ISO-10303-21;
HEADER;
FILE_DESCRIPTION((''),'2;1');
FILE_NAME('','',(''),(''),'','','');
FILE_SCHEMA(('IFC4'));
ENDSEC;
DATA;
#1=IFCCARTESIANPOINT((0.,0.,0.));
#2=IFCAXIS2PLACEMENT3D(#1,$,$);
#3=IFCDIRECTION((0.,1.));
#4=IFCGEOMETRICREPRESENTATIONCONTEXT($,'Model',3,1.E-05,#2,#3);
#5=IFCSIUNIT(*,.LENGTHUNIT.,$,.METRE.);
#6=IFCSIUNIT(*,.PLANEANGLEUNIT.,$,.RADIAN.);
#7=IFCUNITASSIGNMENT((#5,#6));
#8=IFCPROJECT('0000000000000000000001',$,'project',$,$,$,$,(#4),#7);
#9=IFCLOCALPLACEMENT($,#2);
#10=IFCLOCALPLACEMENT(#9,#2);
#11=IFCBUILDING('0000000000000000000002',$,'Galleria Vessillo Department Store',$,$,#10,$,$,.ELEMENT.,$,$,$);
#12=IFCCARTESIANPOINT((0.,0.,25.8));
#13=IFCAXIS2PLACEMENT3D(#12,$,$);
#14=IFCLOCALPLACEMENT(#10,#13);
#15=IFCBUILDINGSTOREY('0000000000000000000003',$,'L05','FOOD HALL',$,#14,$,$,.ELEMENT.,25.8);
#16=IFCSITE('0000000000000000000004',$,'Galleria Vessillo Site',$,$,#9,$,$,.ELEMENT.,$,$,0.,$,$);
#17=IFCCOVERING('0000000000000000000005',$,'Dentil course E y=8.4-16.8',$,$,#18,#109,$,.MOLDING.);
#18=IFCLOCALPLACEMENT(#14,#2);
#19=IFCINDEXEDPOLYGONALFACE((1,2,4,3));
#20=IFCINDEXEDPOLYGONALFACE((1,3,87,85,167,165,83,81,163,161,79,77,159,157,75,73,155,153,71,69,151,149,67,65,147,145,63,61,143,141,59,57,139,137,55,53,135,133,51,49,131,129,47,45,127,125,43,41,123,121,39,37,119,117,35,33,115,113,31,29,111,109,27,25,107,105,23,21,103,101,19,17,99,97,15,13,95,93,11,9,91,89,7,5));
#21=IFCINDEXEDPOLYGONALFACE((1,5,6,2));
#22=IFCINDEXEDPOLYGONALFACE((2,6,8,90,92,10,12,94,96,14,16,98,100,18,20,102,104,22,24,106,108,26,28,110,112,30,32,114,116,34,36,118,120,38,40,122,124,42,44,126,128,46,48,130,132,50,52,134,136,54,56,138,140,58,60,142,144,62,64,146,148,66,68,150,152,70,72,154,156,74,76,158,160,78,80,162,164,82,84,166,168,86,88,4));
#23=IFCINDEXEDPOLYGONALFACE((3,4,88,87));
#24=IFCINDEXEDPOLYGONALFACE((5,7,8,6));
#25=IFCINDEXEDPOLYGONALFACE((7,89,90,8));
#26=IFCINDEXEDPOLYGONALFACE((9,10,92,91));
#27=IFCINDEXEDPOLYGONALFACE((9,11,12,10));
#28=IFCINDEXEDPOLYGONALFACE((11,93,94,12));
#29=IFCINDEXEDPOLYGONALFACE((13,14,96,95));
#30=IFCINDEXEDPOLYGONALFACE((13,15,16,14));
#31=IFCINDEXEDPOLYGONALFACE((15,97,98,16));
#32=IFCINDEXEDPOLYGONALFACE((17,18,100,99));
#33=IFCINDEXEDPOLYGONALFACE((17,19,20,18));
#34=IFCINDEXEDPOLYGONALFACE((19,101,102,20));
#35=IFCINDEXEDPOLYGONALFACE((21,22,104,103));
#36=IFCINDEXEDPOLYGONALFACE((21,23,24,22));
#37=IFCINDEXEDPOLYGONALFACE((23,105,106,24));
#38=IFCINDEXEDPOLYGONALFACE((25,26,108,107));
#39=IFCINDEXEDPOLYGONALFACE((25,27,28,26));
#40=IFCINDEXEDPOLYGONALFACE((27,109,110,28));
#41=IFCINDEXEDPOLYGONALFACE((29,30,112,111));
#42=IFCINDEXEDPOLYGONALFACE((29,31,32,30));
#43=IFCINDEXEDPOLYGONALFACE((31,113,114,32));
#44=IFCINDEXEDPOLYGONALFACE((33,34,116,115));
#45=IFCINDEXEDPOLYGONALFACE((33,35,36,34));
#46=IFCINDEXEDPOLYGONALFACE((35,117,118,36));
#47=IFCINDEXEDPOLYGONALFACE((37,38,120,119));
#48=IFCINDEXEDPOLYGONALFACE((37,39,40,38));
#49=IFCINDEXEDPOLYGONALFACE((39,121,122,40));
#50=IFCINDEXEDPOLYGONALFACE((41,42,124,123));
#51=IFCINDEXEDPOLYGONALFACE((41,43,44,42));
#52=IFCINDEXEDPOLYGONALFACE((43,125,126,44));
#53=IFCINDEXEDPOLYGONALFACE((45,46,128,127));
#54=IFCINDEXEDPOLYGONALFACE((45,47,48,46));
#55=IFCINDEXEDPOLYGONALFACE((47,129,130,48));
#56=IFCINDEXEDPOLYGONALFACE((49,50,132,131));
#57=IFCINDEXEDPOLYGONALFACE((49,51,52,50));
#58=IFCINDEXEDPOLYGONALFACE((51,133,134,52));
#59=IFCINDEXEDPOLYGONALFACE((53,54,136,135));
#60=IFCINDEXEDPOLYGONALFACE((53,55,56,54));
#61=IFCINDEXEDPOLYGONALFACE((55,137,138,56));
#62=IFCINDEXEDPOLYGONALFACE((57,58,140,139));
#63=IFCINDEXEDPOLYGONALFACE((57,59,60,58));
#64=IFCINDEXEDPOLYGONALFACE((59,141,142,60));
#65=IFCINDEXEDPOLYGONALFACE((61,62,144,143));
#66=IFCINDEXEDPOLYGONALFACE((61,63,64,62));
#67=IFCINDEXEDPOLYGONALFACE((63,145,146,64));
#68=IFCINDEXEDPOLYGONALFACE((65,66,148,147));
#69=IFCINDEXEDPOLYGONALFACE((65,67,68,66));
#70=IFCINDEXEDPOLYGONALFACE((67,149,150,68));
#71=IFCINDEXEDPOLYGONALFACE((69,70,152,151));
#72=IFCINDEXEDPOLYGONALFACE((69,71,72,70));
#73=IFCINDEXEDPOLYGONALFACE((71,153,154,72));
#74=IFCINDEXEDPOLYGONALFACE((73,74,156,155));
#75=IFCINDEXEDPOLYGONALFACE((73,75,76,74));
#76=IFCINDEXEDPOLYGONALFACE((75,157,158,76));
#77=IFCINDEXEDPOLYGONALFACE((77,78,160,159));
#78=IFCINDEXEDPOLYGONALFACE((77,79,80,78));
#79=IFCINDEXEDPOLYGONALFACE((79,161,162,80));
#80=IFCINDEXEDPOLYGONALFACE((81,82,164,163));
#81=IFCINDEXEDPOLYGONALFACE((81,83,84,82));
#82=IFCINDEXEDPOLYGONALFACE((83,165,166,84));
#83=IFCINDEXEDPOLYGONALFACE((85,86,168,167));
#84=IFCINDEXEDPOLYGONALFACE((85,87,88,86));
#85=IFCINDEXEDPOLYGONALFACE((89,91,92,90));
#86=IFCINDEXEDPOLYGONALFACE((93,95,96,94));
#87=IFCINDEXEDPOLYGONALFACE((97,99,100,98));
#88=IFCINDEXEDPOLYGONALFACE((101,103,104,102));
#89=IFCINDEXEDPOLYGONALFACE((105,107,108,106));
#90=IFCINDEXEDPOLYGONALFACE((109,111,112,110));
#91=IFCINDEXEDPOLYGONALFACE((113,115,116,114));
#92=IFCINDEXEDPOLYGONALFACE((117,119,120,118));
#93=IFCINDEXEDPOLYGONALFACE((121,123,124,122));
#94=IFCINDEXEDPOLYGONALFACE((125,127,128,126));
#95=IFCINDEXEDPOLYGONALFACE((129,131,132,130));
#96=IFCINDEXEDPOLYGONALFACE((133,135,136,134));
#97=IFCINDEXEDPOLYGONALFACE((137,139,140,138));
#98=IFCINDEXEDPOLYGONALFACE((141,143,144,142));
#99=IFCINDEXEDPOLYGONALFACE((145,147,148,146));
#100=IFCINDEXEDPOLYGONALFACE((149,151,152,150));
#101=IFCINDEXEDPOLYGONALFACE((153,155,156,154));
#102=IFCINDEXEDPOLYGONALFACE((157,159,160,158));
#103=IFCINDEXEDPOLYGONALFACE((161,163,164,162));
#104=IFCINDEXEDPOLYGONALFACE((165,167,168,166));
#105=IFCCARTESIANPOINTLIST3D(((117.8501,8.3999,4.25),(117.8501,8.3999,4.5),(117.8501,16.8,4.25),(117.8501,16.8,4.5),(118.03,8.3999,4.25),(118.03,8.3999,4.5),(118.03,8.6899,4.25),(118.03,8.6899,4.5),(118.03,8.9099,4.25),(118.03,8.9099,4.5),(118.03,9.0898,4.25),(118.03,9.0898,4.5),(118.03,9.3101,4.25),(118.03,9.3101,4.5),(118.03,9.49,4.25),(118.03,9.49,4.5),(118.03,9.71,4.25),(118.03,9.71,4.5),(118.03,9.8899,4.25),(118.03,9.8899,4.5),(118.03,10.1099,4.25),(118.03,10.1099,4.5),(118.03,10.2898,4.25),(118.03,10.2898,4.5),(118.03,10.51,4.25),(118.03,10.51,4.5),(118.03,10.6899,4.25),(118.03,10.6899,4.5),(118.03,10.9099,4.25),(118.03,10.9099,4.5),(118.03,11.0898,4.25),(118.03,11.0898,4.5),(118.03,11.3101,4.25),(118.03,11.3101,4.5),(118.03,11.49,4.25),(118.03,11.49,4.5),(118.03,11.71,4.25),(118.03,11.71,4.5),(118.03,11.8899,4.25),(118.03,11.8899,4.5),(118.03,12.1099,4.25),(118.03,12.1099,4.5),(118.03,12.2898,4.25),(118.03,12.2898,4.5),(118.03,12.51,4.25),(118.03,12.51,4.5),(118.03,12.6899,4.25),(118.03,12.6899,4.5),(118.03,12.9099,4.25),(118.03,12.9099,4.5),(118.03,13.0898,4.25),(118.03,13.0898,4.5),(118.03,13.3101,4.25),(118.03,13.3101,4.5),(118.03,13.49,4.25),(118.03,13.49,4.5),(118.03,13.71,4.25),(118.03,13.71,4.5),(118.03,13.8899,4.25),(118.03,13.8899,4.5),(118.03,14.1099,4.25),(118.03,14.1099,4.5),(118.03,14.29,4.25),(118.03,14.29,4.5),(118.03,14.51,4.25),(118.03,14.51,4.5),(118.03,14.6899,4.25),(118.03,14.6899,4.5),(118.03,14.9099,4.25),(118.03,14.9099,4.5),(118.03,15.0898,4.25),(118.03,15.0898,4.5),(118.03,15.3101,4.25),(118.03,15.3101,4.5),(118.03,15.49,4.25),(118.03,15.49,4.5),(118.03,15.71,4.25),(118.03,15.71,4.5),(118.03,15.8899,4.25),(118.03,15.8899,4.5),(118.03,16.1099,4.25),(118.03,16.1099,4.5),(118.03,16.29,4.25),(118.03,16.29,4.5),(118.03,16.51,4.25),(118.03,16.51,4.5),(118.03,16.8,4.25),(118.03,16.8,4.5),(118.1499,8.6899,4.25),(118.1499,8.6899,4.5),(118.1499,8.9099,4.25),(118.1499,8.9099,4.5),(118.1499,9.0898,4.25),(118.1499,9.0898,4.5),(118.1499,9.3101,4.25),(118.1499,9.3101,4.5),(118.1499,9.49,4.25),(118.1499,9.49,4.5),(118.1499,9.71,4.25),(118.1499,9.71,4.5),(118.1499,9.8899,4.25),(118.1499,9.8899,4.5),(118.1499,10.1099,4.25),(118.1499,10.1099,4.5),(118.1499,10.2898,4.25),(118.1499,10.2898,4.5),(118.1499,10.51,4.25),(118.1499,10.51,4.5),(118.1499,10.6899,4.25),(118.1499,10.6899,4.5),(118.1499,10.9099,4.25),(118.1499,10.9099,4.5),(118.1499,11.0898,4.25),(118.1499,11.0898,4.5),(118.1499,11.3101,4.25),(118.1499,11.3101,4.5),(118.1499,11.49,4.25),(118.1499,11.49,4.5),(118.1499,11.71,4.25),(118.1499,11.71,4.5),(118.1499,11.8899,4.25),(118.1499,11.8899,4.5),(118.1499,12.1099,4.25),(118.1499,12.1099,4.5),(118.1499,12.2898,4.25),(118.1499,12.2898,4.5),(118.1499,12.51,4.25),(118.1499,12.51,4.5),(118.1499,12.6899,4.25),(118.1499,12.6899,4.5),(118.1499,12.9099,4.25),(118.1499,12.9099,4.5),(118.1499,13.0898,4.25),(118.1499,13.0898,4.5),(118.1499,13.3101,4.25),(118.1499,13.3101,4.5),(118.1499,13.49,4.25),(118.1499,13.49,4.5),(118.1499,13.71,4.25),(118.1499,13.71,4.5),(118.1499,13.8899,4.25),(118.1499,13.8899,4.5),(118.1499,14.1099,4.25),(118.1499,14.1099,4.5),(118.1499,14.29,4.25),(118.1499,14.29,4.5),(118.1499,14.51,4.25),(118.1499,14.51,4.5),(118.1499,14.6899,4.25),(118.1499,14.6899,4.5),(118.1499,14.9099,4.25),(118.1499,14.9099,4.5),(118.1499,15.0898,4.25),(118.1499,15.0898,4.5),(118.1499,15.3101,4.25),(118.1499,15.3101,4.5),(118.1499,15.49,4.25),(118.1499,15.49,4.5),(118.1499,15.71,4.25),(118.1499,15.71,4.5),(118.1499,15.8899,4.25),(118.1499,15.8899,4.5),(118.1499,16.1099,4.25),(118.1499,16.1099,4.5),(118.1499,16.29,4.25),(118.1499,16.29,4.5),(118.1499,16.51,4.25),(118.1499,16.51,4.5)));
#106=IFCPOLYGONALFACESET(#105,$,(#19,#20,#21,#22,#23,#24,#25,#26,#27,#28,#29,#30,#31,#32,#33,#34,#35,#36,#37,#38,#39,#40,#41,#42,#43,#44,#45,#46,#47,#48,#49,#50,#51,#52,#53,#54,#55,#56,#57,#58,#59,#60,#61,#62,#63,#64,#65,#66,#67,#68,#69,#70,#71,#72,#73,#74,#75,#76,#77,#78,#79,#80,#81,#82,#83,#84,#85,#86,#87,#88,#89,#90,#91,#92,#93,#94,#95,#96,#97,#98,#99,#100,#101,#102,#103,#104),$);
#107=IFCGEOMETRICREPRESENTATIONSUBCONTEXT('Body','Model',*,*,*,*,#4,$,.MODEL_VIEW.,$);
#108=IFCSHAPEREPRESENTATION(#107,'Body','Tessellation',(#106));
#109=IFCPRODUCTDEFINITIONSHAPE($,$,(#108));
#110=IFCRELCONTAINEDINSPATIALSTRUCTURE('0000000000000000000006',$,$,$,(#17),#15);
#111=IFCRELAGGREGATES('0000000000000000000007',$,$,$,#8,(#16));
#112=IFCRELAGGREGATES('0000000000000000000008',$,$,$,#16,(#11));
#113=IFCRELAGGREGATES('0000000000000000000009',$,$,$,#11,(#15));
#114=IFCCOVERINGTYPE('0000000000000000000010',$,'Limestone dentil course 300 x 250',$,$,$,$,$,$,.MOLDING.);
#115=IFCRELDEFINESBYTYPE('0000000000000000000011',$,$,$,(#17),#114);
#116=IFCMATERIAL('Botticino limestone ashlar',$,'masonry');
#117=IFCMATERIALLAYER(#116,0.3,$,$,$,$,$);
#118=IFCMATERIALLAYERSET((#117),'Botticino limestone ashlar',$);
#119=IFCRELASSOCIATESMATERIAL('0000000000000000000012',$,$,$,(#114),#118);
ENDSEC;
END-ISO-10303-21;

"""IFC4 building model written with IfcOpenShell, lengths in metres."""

from ifc_helpers import new_model, si_unit, direction, frame, origin, place, context, subcontext, project, spatial, polyline, outline, extrude, material, layer, layer_set, type_object, element, save


model = new_model("IFC4")

# Units and contexts
model_context = context("Model", 3, precision=1e-05, world=origin(), true_north=direction((0.0, 1.0)))
body_context = subcontext(model_context, "Body", "Model", "MODEL_VIEW")
ifc_project = project(units=[si_unit("LENGTHUNIT", "METRE"), si_unit("PLANEANGLEUNIT", "RADIAN")], contexts=[model_context])

# Site, building, storey
site_placement = place(None, origin())
site = spatial("IfcSite", under=ifc_project, at=site_placement, Name="Galleria Vessillo Site", CompositionType="ELEMENT", RefElevation=0.0)
building_placement = place(site_placement, origin())
building = spatial("IfcBuilding", under=site, at=building_placement, Name="Galleria Vessillo Department Store", CompositionType="ELEMENT")
storey_placement = place(building_placement, frame((0.0, 0.0, 25.8)))
storey = spatial("IfcBuildingStorey", under=building, at=storey_placement, Name="L05", Description="FOOD HALL", CompositionType="ELEMENT", Elevation=25.8)

# Covering
ifc_material_1 = material(Name="Botticino limestone ashlar", Category="masonry")
ifc_layer_1 = layer(ifc_material_1, 0.3)
ifc_layer_set_1 = layer_set([ifc_layer_1], Name="Botticino limestone ashlar")
covering_type = type_object("IfcCoveringType", Name="Limestone dentil course 300 x 250", PredefinedType="MOLDING", material=ifc_layer_set_1)
covering_1_placement = place(storey_placement, frame((0.0, 0.0, 4.25)))
element("IfcCovering", 1, at=covering_1_placement, inside=storey, type_object=covering_type, Name="Dentil course E y=8.4-16.8", PredefinedType="MOLDING", context=body_context, shape_type="SweptSolid", body=[
    extrude(outline(polyline([(117.8501, 8.3999), (118.03, 8.3999), (118.03, 8.6899), (118.1499, 8.6899), (118.1499, 8.9099), (118.03, 8.9099), (118.03, 9.0898), (118.1499, 9.0898), (118.1499, 9.3101), (118.03, 9.3101), (118.03, 9.49), (118.1499, 9.49), (118.1499, 9.71), (118.03, 9.71), (118.03, 9.8899), (118.1499, 9.8899), (118.1499, 10.1099), (118.03, 10.1099), (118.03, 10.2898), (118.1499, 10.2898), (118.1499, 10.51), (118.03, 10.51), (118.03, 10.6899), (118.1499, 10.6899), (118.1499, 10.9099), (118.03, 10.9099), (118.03, 11.0898), (118.1499, 11.0898), (118.1499, 11.3101), (118.03, 11.3101), (118.03, 11.49), (118.1499, 11.49), (118.1499, 11.71), (118.03, 11.71), (118.03, 11.8899), (118.1499, 11.8899), (118.1499, 12.1099), (118.03, 12.1099), (118.03, 12.2898), (118.1499, 12.2898), (118.1499, 12.51), (118.03, 12.51), (118.03, 12.6899), (118.1499, 12.6899), (118.1499, 12.9099), (118.03, 12.9099), (118.03, 13.0898), (118.1499, 13.0898), (118.1499, 13.3101), (118.03, 13.3101), (118.03, 13.49), (118.1499, 13.49), (118.1499, 13.71), (118.03, 13.71), (118.03, 13.8899), (118.1499, 13.8899), (118.1499, 14.1099), (118.03, 14.1099), (118.03, 14.29), (118.1499, 14.29), (118.1499, 14.51), (118.03, 14.51), (118.03, 14.6899), (118.1499, 14.6899), (118.1499, 14.9099), (118.03, 14.9099), (118.03, 15.0898), (118.1499, 15.0898), (118.1499, 15.3101), (118.03, 15.3101), (118.03, 15.49), (118.1499, 15.49), (118.1499, 15.71), (118.03, 15.71), (118.03, 15.8899), (118.1499, 15.8899), (118.1499, 16.1099), (118.03, 16.1099), (118.03, 16.29), (118.1499, 16.29), (118.1499, 16.51), (118.03, 16.51), (118.03, 16.8), (117.8501, 16.8), (117.8501, 8.3999)])), origin(), (0.0, 0.0, 1.0), 0.25),
])

save(model, "model.ifc")
